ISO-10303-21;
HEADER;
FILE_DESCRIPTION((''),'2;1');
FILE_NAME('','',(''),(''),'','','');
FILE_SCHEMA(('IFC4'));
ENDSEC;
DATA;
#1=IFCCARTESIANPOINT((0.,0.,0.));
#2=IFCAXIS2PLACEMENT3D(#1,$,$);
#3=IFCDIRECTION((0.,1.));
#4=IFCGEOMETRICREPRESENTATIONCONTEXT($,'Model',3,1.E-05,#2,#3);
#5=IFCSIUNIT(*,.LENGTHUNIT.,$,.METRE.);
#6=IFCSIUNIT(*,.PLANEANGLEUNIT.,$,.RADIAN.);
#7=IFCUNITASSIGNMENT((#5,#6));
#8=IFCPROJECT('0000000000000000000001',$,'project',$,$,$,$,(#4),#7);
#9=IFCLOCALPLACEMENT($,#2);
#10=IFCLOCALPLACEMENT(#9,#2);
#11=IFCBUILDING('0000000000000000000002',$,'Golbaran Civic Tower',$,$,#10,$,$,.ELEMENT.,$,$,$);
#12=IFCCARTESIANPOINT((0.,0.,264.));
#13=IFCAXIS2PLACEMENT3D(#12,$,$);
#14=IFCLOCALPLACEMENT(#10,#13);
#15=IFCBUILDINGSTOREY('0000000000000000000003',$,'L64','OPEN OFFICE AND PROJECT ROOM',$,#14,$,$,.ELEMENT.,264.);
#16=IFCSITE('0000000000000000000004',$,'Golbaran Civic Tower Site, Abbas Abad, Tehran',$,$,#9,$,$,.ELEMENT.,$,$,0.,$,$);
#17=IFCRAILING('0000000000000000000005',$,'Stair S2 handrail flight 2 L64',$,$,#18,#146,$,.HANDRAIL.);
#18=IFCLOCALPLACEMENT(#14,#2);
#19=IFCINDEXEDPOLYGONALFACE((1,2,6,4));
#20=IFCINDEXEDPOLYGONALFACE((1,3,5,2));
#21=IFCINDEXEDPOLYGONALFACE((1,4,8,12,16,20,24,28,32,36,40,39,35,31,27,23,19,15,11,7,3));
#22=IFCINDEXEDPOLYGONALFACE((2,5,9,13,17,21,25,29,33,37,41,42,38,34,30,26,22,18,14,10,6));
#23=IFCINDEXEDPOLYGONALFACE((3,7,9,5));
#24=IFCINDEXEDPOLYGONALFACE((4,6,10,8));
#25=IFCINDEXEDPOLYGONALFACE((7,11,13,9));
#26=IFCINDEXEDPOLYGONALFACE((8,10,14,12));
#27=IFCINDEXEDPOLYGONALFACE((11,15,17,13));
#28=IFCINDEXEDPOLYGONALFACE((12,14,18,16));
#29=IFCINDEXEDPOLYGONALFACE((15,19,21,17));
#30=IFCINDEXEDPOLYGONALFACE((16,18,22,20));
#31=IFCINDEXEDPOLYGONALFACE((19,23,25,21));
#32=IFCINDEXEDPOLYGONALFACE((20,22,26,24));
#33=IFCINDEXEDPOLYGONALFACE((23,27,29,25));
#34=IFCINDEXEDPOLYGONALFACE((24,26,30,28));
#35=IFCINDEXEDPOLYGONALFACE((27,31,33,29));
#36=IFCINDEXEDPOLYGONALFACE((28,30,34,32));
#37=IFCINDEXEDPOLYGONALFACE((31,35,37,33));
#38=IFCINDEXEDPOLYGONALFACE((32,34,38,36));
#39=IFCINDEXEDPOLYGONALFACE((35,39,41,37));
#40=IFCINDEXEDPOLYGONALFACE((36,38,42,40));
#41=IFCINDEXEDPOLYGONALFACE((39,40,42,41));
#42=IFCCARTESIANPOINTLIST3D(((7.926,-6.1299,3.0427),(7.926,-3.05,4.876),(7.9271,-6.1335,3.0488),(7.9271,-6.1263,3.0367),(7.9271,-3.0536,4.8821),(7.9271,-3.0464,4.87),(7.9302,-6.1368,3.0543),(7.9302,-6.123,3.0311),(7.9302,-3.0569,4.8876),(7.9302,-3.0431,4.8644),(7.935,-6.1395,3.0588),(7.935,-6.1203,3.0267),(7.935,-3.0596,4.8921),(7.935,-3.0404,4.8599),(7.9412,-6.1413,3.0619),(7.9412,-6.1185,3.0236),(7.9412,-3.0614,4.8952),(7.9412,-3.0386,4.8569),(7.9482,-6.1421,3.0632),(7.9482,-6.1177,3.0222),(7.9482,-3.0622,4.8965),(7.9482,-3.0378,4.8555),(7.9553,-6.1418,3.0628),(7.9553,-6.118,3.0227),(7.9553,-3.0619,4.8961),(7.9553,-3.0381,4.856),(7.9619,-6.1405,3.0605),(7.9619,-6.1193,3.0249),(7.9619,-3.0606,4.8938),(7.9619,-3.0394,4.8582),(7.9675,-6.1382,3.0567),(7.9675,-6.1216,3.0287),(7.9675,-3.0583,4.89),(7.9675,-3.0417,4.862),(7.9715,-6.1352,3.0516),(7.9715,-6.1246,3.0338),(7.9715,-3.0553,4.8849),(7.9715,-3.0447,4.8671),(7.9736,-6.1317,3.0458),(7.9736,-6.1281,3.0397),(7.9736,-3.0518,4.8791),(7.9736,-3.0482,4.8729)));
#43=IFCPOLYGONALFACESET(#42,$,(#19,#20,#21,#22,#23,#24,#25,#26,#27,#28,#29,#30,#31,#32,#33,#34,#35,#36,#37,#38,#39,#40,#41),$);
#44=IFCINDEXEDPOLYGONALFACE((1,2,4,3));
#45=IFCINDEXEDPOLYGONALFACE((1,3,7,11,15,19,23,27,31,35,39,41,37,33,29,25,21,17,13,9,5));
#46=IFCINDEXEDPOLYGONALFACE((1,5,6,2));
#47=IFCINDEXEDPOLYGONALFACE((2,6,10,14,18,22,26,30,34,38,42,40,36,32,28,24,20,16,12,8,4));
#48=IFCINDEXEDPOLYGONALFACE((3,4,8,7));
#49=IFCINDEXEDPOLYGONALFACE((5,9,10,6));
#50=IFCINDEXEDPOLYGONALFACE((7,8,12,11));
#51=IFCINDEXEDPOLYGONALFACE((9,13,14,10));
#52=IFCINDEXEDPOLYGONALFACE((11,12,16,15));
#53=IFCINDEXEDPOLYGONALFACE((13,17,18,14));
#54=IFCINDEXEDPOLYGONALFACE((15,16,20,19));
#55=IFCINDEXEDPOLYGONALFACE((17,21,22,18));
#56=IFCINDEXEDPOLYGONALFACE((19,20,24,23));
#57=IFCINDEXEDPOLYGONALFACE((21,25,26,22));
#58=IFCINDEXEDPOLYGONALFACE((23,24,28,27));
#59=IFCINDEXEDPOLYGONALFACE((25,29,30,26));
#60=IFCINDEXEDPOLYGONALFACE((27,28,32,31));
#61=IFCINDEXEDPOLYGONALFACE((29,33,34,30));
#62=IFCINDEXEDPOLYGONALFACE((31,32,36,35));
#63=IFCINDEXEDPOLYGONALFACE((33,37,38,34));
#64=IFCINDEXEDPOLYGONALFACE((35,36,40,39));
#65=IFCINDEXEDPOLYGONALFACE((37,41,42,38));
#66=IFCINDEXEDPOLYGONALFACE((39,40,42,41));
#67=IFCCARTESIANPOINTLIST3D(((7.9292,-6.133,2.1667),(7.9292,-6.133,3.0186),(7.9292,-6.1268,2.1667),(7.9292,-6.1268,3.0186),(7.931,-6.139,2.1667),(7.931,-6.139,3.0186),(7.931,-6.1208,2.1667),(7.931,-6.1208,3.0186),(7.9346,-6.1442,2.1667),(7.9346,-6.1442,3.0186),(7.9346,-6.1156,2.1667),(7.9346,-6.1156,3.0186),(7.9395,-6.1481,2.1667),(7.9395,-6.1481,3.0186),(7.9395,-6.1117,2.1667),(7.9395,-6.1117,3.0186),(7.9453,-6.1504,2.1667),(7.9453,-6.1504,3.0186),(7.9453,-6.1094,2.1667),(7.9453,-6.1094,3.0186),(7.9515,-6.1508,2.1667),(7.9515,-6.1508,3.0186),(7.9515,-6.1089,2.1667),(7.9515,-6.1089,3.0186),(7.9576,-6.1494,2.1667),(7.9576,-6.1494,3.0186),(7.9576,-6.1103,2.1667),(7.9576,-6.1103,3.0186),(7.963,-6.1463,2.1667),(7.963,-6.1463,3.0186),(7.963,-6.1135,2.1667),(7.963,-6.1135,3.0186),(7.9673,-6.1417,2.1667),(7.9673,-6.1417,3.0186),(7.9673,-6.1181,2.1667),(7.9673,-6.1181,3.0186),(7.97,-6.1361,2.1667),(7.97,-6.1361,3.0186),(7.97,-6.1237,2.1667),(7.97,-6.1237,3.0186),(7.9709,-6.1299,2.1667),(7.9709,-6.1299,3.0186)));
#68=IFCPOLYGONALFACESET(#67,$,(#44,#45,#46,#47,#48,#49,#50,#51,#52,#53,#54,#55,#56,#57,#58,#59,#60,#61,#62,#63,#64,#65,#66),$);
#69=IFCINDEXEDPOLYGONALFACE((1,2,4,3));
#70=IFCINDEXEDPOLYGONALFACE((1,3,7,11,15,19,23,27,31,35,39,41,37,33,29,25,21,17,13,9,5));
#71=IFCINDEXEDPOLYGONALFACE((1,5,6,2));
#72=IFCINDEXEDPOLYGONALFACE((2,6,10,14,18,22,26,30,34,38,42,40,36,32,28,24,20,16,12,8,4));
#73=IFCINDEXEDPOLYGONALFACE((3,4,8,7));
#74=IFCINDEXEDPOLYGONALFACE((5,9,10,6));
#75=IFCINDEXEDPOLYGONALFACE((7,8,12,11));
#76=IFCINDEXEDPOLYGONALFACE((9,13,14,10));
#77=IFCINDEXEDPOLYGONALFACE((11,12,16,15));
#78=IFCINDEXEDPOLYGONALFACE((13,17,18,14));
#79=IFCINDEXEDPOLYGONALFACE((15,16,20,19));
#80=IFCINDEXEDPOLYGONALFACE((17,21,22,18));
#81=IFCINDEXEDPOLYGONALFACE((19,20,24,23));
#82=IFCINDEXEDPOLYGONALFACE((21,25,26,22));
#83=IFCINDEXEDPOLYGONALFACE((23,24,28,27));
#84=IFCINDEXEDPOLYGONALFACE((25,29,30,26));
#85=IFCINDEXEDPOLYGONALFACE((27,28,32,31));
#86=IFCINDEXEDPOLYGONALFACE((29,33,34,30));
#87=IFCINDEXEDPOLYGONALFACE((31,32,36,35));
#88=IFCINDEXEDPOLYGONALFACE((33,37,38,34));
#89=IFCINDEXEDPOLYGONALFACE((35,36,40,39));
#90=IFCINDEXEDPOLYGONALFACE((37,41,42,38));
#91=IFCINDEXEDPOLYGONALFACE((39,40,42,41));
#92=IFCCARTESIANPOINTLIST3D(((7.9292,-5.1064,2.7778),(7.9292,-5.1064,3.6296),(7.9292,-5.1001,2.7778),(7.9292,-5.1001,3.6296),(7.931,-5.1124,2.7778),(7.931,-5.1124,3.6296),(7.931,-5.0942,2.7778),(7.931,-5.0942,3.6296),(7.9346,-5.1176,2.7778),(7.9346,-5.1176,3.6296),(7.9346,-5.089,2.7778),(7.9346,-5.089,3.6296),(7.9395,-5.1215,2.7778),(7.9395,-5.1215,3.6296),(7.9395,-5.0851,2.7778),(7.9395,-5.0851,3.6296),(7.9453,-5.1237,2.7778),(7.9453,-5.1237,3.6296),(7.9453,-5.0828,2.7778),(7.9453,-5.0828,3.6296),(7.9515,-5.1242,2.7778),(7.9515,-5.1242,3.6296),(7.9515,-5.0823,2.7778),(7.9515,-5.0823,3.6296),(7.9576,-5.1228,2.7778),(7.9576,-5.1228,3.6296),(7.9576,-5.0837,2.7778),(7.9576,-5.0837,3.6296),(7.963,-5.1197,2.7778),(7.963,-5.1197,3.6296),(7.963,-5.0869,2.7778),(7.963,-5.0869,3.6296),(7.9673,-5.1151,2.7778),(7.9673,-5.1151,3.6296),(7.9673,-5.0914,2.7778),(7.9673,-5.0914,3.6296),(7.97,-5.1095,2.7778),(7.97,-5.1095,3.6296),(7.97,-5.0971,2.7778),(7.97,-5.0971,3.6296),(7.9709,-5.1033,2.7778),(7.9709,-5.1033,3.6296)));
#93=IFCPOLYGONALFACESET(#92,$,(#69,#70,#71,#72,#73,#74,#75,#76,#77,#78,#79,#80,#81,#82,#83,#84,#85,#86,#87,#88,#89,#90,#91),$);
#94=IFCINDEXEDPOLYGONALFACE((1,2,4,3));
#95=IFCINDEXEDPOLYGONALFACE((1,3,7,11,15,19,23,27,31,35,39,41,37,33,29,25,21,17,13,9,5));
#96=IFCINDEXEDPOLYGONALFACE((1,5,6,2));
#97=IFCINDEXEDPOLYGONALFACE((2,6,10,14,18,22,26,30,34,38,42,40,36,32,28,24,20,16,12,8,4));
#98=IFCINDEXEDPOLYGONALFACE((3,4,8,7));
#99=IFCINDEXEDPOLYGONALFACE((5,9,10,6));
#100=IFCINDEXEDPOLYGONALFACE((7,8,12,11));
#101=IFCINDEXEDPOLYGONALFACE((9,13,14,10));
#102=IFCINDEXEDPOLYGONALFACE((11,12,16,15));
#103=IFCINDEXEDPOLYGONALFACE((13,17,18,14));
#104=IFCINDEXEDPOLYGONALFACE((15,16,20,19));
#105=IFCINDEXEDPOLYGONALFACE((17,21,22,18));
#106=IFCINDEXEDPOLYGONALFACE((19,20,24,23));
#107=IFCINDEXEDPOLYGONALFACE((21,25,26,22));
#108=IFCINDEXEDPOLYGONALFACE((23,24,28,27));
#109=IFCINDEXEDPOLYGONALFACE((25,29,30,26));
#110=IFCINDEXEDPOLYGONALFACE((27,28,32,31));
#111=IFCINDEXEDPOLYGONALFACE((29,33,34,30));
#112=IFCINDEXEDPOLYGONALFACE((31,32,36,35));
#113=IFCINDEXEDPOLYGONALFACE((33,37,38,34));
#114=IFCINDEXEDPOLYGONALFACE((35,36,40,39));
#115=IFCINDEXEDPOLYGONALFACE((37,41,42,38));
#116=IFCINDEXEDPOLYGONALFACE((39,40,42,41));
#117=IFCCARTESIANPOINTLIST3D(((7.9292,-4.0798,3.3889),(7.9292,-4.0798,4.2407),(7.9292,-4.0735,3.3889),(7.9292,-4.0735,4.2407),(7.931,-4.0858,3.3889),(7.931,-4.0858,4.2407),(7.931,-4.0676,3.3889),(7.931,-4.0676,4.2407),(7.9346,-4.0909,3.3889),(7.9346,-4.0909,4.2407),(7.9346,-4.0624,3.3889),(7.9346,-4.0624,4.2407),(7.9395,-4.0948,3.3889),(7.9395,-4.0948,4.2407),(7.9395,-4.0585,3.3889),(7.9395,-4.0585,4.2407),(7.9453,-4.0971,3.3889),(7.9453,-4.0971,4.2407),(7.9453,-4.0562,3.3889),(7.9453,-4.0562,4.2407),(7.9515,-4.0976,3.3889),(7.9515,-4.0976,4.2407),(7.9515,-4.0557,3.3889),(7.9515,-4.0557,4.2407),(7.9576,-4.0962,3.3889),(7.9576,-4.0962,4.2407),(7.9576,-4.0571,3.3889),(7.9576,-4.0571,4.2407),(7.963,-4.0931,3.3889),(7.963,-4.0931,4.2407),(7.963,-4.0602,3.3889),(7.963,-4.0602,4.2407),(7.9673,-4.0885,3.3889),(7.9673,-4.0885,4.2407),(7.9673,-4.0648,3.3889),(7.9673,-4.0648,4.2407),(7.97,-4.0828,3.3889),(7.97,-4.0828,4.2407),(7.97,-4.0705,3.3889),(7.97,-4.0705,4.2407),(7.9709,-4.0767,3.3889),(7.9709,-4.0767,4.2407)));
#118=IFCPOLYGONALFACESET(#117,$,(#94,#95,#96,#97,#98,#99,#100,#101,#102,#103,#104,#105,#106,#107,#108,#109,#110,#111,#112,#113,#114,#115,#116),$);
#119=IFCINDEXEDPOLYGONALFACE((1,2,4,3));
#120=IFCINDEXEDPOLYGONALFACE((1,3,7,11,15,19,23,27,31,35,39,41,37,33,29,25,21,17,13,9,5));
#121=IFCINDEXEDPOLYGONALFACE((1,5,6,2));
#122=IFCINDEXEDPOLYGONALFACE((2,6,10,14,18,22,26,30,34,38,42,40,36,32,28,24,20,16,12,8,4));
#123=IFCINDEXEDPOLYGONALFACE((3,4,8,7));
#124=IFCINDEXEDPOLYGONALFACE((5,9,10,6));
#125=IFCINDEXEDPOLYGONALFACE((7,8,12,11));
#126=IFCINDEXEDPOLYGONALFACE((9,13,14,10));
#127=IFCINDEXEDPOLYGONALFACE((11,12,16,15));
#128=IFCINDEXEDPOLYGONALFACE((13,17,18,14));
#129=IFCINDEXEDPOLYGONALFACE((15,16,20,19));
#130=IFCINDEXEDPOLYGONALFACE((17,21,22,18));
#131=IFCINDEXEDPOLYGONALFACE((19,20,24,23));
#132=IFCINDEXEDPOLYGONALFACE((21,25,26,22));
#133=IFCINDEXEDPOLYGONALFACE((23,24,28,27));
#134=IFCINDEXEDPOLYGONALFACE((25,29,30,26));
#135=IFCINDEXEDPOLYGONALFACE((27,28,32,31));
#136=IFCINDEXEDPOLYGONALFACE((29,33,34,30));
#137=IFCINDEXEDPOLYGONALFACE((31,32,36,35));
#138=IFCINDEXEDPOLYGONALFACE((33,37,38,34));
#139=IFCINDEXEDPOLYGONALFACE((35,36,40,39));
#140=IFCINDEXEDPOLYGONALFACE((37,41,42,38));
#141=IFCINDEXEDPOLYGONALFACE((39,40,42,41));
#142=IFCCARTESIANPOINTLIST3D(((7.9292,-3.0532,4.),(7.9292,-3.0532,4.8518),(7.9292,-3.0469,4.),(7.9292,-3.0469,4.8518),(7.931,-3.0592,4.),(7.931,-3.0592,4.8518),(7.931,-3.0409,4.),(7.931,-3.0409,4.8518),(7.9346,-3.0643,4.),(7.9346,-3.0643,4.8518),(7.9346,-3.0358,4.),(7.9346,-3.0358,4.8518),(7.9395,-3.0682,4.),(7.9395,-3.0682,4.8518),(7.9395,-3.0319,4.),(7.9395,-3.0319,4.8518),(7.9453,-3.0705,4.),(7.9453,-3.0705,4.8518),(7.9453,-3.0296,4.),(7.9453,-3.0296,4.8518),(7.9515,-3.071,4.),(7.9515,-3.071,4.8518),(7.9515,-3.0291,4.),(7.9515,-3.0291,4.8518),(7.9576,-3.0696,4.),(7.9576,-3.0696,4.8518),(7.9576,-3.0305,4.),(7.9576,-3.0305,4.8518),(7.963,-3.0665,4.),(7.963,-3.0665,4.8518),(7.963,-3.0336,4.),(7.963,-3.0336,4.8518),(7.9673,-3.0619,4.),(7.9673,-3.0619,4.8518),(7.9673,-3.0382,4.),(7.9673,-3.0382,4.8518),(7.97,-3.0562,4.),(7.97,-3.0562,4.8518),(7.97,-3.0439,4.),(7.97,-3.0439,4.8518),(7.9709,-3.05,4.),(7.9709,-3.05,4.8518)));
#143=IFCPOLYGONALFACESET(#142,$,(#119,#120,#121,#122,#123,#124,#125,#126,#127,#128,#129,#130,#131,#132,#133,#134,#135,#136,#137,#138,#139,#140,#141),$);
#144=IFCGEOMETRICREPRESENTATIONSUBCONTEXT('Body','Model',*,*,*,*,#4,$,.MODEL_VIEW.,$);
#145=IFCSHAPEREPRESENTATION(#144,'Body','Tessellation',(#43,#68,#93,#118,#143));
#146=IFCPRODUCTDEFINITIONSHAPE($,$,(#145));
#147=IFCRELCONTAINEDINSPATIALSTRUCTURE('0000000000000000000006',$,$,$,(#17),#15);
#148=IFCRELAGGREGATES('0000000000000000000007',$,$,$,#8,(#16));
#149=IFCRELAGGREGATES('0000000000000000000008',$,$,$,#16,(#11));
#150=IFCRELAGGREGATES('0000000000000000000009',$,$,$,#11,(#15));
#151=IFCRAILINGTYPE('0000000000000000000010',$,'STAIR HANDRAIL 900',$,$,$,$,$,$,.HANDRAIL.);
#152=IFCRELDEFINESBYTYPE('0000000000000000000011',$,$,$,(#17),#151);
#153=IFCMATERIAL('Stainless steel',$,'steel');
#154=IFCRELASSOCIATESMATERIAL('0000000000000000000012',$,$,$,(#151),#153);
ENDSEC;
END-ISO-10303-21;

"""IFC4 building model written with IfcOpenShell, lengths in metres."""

from ifc_helpers import new_model, si_unit, direction, frame, origin, origin_2d, place, context, subcontext, project, spatial, circle, extrude, material, type_object, element, save


model = new_model("IFC4")

# Units and contexts
model_context = context("Model", 3, precision=1e-05, world=origin(), true_north=direction((0.0, 1.0)))
body_context = subcontext(model_context, "Body", "Model", "MODEL_VIEW")
ifc_project = project(units=[si_unit("LENGTHUNIT", "METRE"), si_unit("PLANEANGLEUNIT", "RADIAN")], contexts=[model_context])

# Site, building, storey
site_placement = place(None, origin())
site = spatial("IfcSite", under=ifc_project, at=site_placement, Name="Golbaran Civic Tower Site, Abbas Abad, Tehran", CompositionType="ELEMENT", RefElevation=0.0)
building_placement = place(site_placement, origin())
building = spatial("IfcBuilding", under=site, at=building_placement, Name="Golbaran Civic Tower", CompositionType="ELEMENT")
storey_placement = place(building_placement, frame((0.0, 0.0, 264.0)))
storey = spatial("IfcBuildingStorey", under=building, at=storey_placement, Name="L64", Description="OPEN OFFICE AND PROJECT ROOM", CompositionType="ELEMENT", Elevation=264.0)

# Shared definitions
ifc_material_1 = material(Name="Stainless steel", Category="steel")

# Railing
railing_type = type_object("IfcRailingType", Name="STAIR HANDRAIL 900", PredefinedType="HANDRAIL", material=ifc_material_1)
railing_1_placement = place(storey_placement, frame((7.95, -6.1299, 2.1667)))
element("IfcRailing", 1, at=railing_1_placement, inside=storey, type_object=railing_type, Name="Stair S2 handrail flight 2 L64", PredefinedType="HANDRAIL", context=body_context, shape_type="SweptSolid", body=[
    extrude(circle(Radius=0.0239, at=origin_2d()), frame((0.0, 0.0, 0.876), z_axis=(0.0, 0.859291, 0.511487), x_axis=(-1.0, 0.0, 0.0)), (0.0, 0.0, 1.0), 3.5842),
    extrude(circle(Radius=0.021, at=origin_2d()), origin(), (0.0, 0.0, 1.0), 0.8518),
    extrude(circle(Radius=0.021, at=origin_2d()), frame((0.0, 1.0266, 0.6111)), (0.0, 0.0, 1.0), 0.8518),
    extrude(circle(Radius=0.021, at=origin_2d()), frame((0.0, 2.0532, 1.2222)), (0.0, 0.0, 1.0), 0.8518),
    extrude(circle(Radius=0.021, at=origin_2d()), frame((0.0, 3.0798, 1.8333)), (0.0, 0.0, 1.0), 0.8518),
])

save(model, "model.ifc")
